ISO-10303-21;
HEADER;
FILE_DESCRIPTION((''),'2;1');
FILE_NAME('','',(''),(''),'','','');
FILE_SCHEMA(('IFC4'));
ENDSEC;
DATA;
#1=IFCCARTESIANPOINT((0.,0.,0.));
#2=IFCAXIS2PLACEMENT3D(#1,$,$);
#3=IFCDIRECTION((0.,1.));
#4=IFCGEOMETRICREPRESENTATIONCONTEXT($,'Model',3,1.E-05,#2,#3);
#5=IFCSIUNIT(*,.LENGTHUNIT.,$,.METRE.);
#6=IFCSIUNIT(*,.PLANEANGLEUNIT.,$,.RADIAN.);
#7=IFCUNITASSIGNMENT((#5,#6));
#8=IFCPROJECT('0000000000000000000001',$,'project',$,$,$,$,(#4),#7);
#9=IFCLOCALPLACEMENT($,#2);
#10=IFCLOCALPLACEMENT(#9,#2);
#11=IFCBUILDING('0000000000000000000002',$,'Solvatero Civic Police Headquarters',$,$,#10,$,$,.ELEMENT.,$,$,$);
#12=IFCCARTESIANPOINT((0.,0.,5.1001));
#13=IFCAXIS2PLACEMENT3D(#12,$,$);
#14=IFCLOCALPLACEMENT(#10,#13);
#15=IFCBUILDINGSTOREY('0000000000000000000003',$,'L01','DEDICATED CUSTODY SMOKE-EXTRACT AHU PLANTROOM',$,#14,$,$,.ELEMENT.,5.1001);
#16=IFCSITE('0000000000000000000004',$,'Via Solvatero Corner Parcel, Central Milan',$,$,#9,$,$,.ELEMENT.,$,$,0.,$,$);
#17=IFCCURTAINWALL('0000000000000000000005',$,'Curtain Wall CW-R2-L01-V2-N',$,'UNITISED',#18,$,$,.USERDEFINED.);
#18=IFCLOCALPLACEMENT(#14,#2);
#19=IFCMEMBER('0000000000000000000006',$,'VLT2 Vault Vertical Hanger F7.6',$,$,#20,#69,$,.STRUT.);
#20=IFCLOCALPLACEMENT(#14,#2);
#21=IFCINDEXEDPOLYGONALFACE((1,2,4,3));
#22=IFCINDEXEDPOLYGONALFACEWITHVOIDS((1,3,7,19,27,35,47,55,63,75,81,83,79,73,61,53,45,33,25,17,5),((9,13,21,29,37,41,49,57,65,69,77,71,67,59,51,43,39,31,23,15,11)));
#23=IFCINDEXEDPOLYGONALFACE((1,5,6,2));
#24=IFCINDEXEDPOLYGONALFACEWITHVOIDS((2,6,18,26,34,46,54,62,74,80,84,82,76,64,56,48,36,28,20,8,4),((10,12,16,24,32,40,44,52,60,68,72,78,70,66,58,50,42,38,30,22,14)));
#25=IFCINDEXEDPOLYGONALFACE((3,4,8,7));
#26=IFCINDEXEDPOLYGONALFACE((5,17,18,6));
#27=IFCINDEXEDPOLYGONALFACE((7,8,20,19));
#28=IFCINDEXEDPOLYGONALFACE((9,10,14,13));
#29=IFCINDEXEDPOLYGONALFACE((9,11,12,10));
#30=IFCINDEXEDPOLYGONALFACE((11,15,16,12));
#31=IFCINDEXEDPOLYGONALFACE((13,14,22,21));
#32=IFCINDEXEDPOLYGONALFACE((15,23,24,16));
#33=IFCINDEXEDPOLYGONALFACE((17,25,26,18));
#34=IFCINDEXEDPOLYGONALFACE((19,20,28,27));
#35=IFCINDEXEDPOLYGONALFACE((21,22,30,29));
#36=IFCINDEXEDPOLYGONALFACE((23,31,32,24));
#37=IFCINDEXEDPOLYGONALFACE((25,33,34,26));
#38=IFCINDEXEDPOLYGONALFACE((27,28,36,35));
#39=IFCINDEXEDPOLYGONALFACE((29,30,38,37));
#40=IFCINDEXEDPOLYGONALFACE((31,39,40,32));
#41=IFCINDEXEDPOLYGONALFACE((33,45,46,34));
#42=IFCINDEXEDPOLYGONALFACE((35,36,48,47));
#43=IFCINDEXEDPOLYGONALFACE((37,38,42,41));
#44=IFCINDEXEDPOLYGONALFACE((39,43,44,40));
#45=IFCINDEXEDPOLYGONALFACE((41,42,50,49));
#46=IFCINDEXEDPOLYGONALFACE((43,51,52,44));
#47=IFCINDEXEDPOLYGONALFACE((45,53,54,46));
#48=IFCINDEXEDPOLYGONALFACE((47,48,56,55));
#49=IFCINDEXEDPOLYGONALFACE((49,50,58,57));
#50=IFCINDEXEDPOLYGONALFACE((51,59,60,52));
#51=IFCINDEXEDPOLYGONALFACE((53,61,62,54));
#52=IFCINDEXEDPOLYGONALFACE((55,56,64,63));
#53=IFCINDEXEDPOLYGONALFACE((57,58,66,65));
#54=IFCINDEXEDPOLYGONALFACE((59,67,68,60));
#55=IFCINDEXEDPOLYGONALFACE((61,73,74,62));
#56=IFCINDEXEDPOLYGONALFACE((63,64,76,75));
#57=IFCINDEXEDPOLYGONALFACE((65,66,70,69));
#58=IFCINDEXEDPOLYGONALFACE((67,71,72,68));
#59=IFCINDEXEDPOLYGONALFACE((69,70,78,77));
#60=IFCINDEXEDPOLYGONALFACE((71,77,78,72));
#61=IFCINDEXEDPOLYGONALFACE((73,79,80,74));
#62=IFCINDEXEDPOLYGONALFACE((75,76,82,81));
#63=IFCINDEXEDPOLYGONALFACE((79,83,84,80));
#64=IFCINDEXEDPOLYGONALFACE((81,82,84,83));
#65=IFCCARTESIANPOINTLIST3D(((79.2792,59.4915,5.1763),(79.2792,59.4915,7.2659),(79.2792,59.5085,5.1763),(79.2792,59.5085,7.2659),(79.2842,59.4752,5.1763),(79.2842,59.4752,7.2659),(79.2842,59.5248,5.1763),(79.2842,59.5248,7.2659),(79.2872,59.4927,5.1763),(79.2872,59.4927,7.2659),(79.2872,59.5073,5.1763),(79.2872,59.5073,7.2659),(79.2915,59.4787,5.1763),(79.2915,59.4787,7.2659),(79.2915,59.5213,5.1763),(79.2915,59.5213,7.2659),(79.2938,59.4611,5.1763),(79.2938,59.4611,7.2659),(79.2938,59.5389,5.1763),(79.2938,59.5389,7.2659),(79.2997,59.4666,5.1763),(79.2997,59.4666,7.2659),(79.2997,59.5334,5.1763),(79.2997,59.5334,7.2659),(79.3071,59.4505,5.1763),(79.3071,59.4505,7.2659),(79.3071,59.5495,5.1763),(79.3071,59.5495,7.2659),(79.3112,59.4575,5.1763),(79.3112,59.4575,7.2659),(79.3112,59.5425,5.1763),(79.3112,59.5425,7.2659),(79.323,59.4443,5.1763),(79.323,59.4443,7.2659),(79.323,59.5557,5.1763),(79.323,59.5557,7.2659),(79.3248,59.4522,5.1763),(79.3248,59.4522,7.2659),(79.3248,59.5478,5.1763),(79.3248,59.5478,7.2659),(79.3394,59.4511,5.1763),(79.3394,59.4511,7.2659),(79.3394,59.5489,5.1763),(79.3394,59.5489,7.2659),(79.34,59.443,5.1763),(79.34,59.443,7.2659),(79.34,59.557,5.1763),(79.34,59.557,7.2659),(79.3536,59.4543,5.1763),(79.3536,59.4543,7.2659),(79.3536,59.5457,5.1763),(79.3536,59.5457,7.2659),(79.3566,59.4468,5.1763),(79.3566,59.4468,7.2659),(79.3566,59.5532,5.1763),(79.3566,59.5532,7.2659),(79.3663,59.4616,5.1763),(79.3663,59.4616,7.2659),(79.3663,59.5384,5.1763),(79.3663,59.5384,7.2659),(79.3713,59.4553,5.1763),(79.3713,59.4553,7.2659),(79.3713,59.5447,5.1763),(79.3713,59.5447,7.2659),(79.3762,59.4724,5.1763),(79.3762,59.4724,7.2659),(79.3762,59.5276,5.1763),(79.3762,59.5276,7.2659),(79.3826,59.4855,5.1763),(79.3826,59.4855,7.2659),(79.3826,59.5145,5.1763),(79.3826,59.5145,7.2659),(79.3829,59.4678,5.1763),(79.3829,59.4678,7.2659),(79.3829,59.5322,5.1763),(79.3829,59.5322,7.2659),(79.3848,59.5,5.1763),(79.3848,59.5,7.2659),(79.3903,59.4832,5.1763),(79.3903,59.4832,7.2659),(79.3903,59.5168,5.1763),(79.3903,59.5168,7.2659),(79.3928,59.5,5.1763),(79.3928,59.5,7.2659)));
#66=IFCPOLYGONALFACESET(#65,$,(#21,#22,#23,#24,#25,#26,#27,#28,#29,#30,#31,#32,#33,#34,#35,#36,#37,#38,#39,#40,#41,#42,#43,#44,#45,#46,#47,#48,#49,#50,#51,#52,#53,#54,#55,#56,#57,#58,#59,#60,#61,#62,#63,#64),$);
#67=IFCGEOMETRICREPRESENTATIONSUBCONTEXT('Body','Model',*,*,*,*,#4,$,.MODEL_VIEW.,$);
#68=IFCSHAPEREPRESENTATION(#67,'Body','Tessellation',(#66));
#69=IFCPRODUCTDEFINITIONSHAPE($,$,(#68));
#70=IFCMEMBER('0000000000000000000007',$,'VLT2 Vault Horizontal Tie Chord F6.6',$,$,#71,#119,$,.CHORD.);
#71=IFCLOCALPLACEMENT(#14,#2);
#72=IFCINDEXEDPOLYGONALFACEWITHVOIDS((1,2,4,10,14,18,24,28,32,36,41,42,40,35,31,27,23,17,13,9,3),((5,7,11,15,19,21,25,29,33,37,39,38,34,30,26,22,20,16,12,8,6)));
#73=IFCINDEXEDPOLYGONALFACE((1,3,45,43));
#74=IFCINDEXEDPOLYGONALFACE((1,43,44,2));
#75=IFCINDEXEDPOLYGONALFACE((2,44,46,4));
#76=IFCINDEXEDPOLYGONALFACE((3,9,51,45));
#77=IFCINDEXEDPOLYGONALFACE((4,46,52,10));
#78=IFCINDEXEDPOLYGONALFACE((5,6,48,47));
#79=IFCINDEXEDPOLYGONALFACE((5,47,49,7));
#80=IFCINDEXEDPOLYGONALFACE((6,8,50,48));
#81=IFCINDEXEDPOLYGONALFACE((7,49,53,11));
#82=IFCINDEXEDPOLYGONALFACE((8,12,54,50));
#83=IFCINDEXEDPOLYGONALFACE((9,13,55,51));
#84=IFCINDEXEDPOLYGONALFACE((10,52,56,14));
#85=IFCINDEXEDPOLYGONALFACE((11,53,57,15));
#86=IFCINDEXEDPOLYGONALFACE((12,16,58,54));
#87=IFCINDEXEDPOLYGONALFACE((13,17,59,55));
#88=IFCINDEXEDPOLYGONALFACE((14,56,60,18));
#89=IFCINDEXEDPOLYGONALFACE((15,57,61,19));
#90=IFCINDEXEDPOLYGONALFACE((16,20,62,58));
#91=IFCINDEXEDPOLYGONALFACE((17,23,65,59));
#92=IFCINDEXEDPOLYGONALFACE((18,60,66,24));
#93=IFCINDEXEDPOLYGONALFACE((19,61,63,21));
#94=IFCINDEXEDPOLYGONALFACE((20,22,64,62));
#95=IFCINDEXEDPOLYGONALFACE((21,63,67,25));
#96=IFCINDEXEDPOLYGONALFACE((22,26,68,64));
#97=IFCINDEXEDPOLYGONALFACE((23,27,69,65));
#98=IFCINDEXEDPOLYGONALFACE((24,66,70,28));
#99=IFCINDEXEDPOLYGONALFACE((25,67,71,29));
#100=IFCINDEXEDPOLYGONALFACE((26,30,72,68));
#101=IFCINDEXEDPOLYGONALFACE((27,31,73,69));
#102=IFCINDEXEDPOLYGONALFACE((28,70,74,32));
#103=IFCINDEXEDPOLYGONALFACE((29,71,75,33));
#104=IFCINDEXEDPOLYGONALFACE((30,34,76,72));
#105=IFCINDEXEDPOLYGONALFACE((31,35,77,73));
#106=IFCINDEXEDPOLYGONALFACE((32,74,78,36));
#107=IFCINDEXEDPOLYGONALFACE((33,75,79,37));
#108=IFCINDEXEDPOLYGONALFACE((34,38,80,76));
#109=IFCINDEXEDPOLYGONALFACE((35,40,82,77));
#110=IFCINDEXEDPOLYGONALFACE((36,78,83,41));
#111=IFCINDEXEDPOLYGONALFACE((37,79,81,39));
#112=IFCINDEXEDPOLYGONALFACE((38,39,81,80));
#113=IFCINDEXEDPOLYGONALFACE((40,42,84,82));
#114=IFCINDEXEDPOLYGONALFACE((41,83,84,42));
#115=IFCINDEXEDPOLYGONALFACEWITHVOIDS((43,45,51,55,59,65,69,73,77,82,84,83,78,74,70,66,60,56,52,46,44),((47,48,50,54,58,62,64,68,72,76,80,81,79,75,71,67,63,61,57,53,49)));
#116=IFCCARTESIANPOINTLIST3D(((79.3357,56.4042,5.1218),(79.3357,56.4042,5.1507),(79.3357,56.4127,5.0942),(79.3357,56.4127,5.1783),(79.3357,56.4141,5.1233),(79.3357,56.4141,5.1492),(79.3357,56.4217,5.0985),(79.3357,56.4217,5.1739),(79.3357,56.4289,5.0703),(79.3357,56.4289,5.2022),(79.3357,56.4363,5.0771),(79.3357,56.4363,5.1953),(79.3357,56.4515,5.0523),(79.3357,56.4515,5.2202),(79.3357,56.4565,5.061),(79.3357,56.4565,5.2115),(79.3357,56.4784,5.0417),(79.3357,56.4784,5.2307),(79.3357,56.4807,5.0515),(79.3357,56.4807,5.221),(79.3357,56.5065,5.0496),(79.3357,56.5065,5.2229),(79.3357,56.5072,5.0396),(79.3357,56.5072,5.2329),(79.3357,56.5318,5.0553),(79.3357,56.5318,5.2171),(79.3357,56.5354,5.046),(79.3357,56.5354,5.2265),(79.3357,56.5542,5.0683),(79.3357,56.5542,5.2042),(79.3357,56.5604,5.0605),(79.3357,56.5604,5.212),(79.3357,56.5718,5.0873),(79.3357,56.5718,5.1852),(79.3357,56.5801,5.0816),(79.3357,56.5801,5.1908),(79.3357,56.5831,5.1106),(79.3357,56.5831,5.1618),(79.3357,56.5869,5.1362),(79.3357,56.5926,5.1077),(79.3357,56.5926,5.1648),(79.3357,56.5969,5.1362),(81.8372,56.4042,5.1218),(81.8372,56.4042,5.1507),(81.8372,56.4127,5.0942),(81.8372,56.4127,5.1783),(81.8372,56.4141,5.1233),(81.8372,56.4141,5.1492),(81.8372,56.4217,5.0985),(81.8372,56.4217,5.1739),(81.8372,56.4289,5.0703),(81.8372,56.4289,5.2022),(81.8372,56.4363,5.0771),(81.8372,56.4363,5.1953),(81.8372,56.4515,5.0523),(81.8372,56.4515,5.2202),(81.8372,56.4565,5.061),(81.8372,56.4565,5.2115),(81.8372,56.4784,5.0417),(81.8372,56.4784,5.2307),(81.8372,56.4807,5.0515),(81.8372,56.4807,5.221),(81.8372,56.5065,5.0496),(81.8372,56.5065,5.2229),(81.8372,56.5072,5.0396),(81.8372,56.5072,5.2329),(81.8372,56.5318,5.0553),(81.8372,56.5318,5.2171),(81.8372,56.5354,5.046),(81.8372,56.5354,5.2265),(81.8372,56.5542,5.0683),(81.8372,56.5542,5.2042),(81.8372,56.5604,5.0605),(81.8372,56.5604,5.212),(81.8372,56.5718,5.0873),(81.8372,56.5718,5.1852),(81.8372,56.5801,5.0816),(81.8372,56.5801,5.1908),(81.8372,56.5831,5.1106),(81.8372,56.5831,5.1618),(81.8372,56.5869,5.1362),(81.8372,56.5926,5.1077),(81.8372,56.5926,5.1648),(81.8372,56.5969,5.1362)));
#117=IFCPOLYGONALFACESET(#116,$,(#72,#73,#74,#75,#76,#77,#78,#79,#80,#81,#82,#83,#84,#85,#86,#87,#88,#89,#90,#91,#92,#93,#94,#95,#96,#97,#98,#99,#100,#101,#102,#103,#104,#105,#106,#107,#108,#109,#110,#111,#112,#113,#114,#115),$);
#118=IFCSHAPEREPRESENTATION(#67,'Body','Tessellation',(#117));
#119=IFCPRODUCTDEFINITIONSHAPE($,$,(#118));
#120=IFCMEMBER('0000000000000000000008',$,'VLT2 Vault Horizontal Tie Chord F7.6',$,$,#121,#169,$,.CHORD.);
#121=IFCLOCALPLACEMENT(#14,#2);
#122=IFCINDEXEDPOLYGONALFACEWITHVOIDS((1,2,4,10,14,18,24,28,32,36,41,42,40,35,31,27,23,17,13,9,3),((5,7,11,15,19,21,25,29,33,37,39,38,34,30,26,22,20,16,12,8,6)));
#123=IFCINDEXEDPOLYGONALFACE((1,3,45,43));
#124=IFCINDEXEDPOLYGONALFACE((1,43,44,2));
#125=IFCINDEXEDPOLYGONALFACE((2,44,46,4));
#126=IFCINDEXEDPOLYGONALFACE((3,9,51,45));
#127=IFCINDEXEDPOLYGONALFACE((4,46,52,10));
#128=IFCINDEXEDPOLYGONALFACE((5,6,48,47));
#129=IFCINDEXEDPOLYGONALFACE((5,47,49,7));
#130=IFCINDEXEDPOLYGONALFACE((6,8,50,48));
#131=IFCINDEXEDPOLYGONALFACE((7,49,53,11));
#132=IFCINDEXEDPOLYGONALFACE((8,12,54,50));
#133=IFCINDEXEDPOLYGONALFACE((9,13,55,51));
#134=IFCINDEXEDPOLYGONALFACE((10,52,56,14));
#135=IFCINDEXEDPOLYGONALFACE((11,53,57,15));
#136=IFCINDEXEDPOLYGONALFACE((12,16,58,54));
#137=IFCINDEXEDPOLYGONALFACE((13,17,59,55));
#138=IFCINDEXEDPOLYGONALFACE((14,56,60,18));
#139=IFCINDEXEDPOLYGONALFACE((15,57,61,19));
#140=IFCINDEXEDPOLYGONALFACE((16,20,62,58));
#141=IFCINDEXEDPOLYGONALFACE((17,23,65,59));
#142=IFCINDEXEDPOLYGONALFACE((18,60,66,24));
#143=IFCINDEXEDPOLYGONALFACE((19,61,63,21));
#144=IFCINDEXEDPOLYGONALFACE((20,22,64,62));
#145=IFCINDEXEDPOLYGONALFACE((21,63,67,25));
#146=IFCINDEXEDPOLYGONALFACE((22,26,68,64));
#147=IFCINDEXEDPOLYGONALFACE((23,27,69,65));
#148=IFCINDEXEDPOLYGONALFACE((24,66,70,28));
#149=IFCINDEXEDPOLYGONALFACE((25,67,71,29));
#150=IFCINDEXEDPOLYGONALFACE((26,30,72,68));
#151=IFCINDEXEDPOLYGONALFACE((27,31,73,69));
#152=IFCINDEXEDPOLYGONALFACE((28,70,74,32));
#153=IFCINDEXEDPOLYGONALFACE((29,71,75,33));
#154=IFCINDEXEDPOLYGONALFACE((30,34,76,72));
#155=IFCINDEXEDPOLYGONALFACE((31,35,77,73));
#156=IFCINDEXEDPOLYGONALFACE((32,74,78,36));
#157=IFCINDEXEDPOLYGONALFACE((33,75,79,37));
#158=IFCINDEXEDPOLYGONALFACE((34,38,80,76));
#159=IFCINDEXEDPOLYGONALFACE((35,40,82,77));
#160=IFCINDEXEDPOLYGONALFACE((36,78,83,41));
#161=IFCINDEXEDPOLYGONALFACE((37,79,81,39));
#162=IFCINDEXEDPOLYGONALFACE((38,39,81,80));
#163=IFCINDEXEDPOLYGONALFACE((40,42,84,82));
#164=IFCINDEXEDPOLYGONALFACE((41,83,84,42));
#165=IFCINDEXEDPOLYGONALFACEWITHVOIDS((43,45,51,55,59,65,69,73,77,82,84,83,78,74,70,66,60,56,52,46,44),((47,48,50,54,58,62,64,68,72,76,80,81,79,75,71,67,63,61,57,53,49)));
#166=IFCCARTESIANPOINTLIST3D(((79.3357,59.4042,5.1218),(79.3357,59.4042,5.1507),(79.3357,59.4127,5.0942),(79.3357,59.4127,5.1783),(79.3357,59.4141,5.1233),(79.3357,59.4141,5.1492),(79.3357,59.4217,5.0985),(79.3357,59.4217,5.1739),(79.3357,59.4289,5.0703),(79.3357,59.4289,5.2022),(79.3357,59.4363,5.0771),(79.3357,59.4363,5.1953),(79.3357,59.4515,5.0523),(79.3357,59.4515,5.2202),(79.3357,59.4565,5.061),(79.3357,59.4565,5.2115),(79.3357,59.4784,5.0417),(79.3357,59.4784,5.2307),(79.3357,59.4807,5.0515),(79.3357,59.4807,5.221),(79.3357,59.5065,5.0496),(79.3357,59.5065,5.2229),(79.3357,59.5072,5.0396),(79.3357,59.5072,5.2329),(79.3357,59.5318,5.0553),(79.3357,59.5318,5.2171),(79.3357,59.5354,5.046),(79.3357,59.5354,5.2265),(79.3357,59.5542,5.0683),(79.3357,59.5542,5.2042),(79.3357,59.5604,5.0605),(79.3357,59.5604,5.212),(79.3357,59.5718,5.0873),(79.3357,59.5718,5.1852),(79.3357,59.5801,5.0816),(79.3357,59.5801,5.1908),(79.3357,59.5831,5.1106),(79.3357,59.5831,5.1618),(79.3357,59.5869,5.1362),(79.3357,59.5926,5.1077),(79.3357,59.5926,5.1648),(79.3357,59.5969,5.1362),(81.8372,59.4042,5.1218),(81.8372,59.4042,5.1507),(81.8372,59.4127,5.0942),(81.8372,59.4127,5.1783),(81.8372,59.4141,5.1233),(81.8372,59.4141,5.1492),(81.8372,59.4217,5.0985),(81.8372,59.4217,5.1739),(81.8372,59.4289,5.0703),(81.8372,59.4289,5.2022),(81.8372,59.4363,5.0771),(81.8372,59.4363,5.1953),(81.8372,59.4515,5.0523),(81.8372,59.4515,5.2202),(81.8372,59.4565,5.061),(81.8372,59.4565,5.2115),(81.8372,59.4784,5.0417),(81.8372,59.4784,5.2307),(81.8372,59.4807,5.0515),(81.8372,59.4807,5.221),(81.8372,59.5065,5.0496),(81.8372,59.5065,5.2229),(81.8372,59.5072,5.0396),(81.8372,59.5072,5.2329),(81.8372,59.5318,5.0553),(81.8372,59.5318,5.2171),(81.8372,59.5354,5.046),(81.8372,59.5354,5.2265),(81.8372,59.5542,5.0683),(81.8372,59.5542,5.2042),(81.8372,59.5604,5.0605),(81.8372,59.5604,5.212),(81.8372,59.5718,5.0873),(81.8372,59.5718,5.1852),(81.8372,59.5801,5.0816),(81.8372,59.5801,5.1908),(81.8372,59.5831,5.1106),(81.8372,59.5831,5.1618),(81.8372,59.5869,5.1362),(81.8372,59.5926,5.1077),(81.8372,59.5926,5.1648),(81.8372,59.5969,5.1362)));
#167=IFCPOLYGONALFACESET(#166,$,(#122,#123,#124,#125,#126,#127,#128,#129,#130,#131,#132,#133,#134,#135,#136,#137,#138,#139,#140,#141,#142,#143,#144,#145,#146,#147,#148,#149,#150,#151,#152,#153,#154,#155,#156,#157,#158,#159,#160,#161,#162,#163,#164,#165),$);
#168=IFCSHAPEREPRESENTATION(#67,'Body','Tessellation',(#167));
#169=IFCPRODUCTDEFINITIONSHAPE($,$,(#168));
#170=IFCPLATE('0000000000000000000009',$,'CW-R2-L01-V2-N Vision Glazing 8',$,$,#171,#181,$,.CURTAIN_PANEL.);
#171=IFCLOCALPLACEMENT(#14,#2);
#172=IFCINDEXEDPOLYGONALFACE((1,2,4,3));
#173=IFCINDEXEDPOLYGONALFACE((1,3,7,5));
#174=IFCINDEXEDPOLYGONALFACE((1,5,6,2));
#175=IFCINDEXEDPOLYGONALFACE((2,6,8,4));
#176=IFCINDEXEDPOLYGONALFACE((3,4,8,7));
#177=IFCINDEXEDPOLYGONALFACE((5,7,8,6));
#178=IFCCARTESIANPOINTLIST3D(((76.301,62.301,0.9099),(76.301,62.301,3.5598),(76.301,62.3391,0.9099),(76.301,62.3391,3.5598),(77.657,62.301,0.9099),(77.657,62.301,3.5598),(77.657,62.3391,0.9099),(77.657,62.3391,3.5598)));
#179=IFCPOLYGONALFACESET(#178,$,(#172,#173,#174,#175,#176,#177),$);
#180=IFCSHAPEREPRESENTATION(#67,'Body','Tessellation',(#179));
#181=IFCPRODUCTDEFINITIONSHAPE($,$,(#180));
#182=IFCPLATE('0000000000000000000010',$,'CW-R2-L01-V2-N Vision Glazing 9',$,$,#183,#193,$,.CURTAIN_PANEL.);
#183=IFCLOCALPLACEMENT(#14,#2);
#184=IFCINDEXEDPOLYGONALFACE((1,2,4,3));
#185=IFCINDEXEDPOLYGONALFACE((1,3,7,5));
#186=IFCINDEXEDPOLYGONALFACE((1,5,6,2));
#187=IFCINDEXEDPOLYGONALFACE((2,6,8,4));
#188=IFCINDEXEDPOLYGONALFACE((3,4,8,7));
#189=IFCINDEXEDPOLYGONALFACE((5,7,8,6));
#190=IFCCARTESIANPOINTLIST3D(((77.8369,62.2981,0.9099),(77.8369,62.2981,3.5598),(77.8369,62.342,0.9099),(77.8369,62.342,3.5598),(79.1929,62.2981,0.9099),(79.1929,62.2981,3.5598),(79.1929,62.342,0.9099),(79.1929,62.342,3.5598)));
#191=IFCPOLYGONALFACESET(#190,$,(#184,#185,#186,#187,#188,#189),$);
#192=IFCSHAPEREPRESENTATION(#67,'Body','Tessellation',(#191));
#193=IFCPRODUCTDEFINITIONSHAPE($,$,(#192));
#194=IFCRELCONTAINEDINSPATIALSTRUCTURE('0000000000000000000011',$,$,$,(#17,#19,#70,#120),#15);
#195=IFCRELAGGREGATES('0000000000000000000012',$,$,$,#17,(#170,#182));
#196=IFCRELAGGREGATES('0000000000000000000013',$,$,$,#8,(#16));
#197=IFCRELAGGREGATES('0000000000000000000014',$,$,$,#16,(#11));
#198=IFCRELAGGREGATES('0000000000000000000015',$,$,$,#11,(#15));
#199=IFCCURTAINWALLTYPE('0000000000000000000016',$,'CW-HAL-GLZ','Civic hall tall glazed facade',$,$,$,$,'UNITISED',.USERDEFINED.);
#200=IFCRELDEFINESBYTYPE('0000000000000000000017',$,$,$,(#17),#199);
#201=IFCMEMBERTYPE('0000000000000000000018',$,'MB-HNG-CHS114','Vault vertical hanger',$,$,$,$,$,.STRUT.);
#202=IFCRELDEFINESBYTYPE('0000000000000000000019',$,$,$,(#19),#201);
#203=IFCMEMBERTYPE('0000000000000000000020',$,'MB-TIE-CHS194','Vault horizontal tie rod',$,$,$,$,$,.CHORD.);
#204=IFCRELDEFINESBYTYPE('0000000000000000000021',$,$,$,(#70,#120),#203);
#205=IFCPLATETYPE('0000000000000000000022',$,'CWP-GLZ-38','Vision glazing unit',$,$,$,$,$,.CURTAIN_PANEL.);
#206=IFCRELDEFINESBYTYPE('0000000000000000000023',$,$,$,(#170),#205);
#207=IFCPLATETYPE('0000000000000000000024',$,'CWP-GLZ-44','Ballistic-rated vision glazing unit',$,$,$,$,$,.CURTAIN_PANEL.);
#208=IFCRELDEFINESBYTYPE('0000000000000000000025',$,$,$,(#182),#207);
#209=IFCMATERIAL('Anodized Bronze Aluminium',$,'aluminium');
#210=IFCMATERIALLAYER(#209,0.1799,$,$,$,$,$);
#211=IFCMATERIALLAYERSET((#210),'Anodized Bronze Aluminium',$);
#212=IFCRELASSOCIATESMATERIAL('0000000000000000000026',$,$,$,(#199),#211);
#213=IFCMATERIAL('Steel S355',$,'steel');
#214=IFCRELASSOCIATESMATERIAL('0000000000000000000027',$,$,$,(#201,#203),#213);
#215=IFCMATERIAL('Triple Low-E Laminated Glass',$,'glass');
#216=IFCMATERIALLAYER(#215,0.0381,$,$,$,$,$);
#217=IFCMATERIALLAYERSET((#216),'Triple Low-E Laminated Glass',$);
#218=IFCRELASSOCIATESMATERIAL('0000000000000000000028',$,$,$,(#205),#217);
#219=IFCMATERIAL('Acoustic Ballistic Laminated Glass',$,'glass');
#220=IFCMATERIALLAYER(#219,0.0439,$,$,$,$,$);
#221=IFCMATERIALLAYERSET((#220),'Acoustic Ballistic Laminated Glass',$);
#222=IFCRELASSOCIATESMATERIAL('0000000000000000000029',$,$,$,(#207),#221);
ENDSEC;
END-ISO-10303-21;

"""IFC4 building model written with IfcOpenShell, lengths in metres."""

from ifc_helpers import new_model, si_unit, direction, frame, origin, origin_2d, place, context, subcontext, project, spatial, rectangle, hollow_circle, extrude, material, layer, layer_set, material_profile, profile_set, type_object, element, aggregate, save


model = new_model("IFC4")

# Units and contexts
model_context = context("Model", 3, precision=1e-05, world=origin(), true_north=direction((0.0, 1.0)))
body_context = subcontext(model_context, "Body", "Model", "MODEL_VIEW")
ifc_project = project(units=[si_unit("LENGTHUNIT", "METRE"), si_unit("PLANEANGLEUNIT", "RADIAN")], contexts=[model_context])

# Site, building, storey
site_placement = place(None, origin())
site = spatial("IfcSite", under=ifc_project, at=site_placement, Name="Via Solvatero Corner Parcel, Central Milan", CompositionType="ELEMENT", RefElevation=0.0)
building_placement = place(site_placement, origin())
building = spatial("IfcBuilding", under=site, at=building_placement, Name="Solvatero Civic Police Headquarters", CompositionType="ELEMENT")
storey_placement = place(building_placement, frame((0.0, 0.0, 5.1001)))
storey = spatial("IfcBuildingStorey", under=building, at=storey_placement, Name="L01", Description="DEDICATED CUSTODY SMOKE-EXTRACT AHU PLANTROOM", CompositionType="ELEMENT", Elevation=5.1001)

# Shared definitions
ifc_material_1 = material(Name="Steel S355", Category="steel")

# Curtain wall
ifc_material_2 = material(Name="Anodized Bronze Aluminium", Category="aluminium")
ifc_layer_1 = layer(ifc_material_2, 0.1799)
ifc_layer_set_1 = layer_set([ifc_layer_1], Name="Anodized Bronze Aluminium")
curtain_wall_type_1 = type_object("IfcCurtainWallType", Name="CW-HAL-GLZ", Description="Civic hall tall glazed facade", ElementType="UNITISED", PredefinedType="USERDEFINED", material=ifc_layer_set_1)
curtain_wall_1_placement = place(storey_placement, origin())
curtain_wall_1 = element("IfcCurtainWall", 1, at=curtain_wall_1_placement, inside=storey, type_object=curtain_wall_type_1, Name="Curtain Wall CW-R2-L01-V2-N", ObjectType="UNITISED", PredefinedType="USERDEFINED")

# Members
ifc_material_profile_1 = material_profile(ifc_material_1, hollow_circle(Radius=0.0571, WallThickness=0.0081, at=origin_2d()), Name="CHS 114.3x8.0")
ifc_profile_set_1 = profile_set([ifc_material_profile_1], Name="Steel S355")
member_type_1 = type_object("IfcMemberType", Name="MB-HNG-CHS114", Description="Vault vertical hanger", PredefinedType="STRUT", material=ifc_profile_set_1)
member_1_placement = place(storey_placement, frame((79.3357, 59.5, 5.1763), z_axis=(0.0, 0.0, 1.0), x_axis=(1.0, 0.0, 0.0)))
element("IfcMember", 2, at=member_1_placement, inside=storey, type_object=member_type_1, Name="VLT2 Vault Vertical Hanger F7.6", PredefinedType="STRUT", context=body_context, shape_type="SweptSolid", body=[
    extrude(hollow_circle(Radius=0.0571, WallThickness=0.0081, at=origin_2d()), origin(), (0.0, 0.0, 1.0), 2.0896),
])
ifc_material_profile_2 = material_profile(ifc_material_1, hollow_circle(Radius=0.0969, WallThickness=0.01, at=origin_2d()), Name="CHS 193.7x10.0")
ifc_profile_set_2 = profile_set([ifc_material_profile_2], Name="Steel S355")
member_type_2 = type_object("IfcMemberType", Name="MB-TIE-CHS194", Description="Vault horizontal tie rod", PredefinedType="CHORD", material=ifc_profile_set_2)
for number, where, z_axis, x_axis, name in (
    (3, (79.3357, 56.5, 5.1362), (1.0, 0.0, 0.0), (0.0, 1.0, 0.0), "VLT2 Vault Horizontal Tie Chord F6.6"),
    (4, (79.3357, 59.5, 5.1362), (1.0, 0.0, 0.0), (0.0, 1.0, 0.0), "VLT2 Vault Horizontal Tie Chord F7.6"),
):
    element("IfcMember", number, at=place(storey_placement, frame(where, z_axis=z_axis, x_axis=x_axis)), inside=storey, type_object=member_type_2, Name=name, PredefinedType="CHORD", context=body_context, shape_type="SweptSolid", body=[
        extrude(hollow_circle(Radius=0.0969, WallThickness=0.01, at=origin_2d()), origin(), (0.0, 0.0, 1.0), 2.5015),
    ])

# Plates
ifc_material_3 = material(Name="Triple Low-E Laminated Glass", Category="glass")
ifc_layer_2 = layer(ifc_material_3, 0.0381)
ifc_layer_set_2 = layer_set([ifc_layer_2], Name="Triple Low-E Laminated Glass")
plate_type_1 = type_object("IfcPlateType", Name="CWP-GLZ-38", Description="Vision glazing unit", PredefinedType="CURTAIN_PANEL", material=ifc_layer_set_2)
plate_1_placement = place(storey_placement, frame((76.979, 62.3201, 0.9099), z_axis=(0.0, 0.0, 1.0), x_axis=(1.0, 0.0, 0.0)))
plate_1 = element("IfcPlate", 5, at=plate_1_placement, type_object=plate_type_1, Name="CW-R2-L01-V2-N Vision Glazing 8", PredefinedType="CURTAIN_PANEL", context=body_context, shape_type="SweptSolid", body=[
    extrude(rectangle(XDim=1.356, YDim=0.0381, at=origin_2d()), origin(), (0.0, 0.0, 1.0), 2.6499),
])
ifc_material_4 = material(Name="Acoustic Ballistic Laminated Glass", Category="glass")
ifc_layer_3 = layer(ifc_material_4, 0.0439)
ifc_layer_set_3 = layer_set([ifc_layer_3], Name="Acoustic Ballistic Laminated Glass")
plate_type_2 = type_object("IfcPlateType", Name="CWP-GLZ-44", Description="Ballistic-rated vision glazing unit", PredefinedType="CURTAIN_PANEL", material=ifc_layer_set_3)
plate_2_placement = place(storey_placement, frame((78.5149, 62.3201, 0.9099), z_axis=(0.0, 0.0, 1.0), x_axis=(1.0, 0.0, 0.0)))
plate_2 = element("IfcPlate", 6, at=plate_2_placement, type_object=plate_type_2, Name="CW-R2-L01-V2-N Vision Glazing 9", PredefinedType="CURTAIN_PANEL", context=body_context, shape_type="SweptSolid", body=[
    extrude(rectangle(XDim=1.356, YDim=0.0439, at=origin_2d()), origin(), (0.0, 0.0, 1.0), 2.6499),
])
aggregate(curtain_wall_1, [plate_1, plate_2])

save(model, "model.ifc")
